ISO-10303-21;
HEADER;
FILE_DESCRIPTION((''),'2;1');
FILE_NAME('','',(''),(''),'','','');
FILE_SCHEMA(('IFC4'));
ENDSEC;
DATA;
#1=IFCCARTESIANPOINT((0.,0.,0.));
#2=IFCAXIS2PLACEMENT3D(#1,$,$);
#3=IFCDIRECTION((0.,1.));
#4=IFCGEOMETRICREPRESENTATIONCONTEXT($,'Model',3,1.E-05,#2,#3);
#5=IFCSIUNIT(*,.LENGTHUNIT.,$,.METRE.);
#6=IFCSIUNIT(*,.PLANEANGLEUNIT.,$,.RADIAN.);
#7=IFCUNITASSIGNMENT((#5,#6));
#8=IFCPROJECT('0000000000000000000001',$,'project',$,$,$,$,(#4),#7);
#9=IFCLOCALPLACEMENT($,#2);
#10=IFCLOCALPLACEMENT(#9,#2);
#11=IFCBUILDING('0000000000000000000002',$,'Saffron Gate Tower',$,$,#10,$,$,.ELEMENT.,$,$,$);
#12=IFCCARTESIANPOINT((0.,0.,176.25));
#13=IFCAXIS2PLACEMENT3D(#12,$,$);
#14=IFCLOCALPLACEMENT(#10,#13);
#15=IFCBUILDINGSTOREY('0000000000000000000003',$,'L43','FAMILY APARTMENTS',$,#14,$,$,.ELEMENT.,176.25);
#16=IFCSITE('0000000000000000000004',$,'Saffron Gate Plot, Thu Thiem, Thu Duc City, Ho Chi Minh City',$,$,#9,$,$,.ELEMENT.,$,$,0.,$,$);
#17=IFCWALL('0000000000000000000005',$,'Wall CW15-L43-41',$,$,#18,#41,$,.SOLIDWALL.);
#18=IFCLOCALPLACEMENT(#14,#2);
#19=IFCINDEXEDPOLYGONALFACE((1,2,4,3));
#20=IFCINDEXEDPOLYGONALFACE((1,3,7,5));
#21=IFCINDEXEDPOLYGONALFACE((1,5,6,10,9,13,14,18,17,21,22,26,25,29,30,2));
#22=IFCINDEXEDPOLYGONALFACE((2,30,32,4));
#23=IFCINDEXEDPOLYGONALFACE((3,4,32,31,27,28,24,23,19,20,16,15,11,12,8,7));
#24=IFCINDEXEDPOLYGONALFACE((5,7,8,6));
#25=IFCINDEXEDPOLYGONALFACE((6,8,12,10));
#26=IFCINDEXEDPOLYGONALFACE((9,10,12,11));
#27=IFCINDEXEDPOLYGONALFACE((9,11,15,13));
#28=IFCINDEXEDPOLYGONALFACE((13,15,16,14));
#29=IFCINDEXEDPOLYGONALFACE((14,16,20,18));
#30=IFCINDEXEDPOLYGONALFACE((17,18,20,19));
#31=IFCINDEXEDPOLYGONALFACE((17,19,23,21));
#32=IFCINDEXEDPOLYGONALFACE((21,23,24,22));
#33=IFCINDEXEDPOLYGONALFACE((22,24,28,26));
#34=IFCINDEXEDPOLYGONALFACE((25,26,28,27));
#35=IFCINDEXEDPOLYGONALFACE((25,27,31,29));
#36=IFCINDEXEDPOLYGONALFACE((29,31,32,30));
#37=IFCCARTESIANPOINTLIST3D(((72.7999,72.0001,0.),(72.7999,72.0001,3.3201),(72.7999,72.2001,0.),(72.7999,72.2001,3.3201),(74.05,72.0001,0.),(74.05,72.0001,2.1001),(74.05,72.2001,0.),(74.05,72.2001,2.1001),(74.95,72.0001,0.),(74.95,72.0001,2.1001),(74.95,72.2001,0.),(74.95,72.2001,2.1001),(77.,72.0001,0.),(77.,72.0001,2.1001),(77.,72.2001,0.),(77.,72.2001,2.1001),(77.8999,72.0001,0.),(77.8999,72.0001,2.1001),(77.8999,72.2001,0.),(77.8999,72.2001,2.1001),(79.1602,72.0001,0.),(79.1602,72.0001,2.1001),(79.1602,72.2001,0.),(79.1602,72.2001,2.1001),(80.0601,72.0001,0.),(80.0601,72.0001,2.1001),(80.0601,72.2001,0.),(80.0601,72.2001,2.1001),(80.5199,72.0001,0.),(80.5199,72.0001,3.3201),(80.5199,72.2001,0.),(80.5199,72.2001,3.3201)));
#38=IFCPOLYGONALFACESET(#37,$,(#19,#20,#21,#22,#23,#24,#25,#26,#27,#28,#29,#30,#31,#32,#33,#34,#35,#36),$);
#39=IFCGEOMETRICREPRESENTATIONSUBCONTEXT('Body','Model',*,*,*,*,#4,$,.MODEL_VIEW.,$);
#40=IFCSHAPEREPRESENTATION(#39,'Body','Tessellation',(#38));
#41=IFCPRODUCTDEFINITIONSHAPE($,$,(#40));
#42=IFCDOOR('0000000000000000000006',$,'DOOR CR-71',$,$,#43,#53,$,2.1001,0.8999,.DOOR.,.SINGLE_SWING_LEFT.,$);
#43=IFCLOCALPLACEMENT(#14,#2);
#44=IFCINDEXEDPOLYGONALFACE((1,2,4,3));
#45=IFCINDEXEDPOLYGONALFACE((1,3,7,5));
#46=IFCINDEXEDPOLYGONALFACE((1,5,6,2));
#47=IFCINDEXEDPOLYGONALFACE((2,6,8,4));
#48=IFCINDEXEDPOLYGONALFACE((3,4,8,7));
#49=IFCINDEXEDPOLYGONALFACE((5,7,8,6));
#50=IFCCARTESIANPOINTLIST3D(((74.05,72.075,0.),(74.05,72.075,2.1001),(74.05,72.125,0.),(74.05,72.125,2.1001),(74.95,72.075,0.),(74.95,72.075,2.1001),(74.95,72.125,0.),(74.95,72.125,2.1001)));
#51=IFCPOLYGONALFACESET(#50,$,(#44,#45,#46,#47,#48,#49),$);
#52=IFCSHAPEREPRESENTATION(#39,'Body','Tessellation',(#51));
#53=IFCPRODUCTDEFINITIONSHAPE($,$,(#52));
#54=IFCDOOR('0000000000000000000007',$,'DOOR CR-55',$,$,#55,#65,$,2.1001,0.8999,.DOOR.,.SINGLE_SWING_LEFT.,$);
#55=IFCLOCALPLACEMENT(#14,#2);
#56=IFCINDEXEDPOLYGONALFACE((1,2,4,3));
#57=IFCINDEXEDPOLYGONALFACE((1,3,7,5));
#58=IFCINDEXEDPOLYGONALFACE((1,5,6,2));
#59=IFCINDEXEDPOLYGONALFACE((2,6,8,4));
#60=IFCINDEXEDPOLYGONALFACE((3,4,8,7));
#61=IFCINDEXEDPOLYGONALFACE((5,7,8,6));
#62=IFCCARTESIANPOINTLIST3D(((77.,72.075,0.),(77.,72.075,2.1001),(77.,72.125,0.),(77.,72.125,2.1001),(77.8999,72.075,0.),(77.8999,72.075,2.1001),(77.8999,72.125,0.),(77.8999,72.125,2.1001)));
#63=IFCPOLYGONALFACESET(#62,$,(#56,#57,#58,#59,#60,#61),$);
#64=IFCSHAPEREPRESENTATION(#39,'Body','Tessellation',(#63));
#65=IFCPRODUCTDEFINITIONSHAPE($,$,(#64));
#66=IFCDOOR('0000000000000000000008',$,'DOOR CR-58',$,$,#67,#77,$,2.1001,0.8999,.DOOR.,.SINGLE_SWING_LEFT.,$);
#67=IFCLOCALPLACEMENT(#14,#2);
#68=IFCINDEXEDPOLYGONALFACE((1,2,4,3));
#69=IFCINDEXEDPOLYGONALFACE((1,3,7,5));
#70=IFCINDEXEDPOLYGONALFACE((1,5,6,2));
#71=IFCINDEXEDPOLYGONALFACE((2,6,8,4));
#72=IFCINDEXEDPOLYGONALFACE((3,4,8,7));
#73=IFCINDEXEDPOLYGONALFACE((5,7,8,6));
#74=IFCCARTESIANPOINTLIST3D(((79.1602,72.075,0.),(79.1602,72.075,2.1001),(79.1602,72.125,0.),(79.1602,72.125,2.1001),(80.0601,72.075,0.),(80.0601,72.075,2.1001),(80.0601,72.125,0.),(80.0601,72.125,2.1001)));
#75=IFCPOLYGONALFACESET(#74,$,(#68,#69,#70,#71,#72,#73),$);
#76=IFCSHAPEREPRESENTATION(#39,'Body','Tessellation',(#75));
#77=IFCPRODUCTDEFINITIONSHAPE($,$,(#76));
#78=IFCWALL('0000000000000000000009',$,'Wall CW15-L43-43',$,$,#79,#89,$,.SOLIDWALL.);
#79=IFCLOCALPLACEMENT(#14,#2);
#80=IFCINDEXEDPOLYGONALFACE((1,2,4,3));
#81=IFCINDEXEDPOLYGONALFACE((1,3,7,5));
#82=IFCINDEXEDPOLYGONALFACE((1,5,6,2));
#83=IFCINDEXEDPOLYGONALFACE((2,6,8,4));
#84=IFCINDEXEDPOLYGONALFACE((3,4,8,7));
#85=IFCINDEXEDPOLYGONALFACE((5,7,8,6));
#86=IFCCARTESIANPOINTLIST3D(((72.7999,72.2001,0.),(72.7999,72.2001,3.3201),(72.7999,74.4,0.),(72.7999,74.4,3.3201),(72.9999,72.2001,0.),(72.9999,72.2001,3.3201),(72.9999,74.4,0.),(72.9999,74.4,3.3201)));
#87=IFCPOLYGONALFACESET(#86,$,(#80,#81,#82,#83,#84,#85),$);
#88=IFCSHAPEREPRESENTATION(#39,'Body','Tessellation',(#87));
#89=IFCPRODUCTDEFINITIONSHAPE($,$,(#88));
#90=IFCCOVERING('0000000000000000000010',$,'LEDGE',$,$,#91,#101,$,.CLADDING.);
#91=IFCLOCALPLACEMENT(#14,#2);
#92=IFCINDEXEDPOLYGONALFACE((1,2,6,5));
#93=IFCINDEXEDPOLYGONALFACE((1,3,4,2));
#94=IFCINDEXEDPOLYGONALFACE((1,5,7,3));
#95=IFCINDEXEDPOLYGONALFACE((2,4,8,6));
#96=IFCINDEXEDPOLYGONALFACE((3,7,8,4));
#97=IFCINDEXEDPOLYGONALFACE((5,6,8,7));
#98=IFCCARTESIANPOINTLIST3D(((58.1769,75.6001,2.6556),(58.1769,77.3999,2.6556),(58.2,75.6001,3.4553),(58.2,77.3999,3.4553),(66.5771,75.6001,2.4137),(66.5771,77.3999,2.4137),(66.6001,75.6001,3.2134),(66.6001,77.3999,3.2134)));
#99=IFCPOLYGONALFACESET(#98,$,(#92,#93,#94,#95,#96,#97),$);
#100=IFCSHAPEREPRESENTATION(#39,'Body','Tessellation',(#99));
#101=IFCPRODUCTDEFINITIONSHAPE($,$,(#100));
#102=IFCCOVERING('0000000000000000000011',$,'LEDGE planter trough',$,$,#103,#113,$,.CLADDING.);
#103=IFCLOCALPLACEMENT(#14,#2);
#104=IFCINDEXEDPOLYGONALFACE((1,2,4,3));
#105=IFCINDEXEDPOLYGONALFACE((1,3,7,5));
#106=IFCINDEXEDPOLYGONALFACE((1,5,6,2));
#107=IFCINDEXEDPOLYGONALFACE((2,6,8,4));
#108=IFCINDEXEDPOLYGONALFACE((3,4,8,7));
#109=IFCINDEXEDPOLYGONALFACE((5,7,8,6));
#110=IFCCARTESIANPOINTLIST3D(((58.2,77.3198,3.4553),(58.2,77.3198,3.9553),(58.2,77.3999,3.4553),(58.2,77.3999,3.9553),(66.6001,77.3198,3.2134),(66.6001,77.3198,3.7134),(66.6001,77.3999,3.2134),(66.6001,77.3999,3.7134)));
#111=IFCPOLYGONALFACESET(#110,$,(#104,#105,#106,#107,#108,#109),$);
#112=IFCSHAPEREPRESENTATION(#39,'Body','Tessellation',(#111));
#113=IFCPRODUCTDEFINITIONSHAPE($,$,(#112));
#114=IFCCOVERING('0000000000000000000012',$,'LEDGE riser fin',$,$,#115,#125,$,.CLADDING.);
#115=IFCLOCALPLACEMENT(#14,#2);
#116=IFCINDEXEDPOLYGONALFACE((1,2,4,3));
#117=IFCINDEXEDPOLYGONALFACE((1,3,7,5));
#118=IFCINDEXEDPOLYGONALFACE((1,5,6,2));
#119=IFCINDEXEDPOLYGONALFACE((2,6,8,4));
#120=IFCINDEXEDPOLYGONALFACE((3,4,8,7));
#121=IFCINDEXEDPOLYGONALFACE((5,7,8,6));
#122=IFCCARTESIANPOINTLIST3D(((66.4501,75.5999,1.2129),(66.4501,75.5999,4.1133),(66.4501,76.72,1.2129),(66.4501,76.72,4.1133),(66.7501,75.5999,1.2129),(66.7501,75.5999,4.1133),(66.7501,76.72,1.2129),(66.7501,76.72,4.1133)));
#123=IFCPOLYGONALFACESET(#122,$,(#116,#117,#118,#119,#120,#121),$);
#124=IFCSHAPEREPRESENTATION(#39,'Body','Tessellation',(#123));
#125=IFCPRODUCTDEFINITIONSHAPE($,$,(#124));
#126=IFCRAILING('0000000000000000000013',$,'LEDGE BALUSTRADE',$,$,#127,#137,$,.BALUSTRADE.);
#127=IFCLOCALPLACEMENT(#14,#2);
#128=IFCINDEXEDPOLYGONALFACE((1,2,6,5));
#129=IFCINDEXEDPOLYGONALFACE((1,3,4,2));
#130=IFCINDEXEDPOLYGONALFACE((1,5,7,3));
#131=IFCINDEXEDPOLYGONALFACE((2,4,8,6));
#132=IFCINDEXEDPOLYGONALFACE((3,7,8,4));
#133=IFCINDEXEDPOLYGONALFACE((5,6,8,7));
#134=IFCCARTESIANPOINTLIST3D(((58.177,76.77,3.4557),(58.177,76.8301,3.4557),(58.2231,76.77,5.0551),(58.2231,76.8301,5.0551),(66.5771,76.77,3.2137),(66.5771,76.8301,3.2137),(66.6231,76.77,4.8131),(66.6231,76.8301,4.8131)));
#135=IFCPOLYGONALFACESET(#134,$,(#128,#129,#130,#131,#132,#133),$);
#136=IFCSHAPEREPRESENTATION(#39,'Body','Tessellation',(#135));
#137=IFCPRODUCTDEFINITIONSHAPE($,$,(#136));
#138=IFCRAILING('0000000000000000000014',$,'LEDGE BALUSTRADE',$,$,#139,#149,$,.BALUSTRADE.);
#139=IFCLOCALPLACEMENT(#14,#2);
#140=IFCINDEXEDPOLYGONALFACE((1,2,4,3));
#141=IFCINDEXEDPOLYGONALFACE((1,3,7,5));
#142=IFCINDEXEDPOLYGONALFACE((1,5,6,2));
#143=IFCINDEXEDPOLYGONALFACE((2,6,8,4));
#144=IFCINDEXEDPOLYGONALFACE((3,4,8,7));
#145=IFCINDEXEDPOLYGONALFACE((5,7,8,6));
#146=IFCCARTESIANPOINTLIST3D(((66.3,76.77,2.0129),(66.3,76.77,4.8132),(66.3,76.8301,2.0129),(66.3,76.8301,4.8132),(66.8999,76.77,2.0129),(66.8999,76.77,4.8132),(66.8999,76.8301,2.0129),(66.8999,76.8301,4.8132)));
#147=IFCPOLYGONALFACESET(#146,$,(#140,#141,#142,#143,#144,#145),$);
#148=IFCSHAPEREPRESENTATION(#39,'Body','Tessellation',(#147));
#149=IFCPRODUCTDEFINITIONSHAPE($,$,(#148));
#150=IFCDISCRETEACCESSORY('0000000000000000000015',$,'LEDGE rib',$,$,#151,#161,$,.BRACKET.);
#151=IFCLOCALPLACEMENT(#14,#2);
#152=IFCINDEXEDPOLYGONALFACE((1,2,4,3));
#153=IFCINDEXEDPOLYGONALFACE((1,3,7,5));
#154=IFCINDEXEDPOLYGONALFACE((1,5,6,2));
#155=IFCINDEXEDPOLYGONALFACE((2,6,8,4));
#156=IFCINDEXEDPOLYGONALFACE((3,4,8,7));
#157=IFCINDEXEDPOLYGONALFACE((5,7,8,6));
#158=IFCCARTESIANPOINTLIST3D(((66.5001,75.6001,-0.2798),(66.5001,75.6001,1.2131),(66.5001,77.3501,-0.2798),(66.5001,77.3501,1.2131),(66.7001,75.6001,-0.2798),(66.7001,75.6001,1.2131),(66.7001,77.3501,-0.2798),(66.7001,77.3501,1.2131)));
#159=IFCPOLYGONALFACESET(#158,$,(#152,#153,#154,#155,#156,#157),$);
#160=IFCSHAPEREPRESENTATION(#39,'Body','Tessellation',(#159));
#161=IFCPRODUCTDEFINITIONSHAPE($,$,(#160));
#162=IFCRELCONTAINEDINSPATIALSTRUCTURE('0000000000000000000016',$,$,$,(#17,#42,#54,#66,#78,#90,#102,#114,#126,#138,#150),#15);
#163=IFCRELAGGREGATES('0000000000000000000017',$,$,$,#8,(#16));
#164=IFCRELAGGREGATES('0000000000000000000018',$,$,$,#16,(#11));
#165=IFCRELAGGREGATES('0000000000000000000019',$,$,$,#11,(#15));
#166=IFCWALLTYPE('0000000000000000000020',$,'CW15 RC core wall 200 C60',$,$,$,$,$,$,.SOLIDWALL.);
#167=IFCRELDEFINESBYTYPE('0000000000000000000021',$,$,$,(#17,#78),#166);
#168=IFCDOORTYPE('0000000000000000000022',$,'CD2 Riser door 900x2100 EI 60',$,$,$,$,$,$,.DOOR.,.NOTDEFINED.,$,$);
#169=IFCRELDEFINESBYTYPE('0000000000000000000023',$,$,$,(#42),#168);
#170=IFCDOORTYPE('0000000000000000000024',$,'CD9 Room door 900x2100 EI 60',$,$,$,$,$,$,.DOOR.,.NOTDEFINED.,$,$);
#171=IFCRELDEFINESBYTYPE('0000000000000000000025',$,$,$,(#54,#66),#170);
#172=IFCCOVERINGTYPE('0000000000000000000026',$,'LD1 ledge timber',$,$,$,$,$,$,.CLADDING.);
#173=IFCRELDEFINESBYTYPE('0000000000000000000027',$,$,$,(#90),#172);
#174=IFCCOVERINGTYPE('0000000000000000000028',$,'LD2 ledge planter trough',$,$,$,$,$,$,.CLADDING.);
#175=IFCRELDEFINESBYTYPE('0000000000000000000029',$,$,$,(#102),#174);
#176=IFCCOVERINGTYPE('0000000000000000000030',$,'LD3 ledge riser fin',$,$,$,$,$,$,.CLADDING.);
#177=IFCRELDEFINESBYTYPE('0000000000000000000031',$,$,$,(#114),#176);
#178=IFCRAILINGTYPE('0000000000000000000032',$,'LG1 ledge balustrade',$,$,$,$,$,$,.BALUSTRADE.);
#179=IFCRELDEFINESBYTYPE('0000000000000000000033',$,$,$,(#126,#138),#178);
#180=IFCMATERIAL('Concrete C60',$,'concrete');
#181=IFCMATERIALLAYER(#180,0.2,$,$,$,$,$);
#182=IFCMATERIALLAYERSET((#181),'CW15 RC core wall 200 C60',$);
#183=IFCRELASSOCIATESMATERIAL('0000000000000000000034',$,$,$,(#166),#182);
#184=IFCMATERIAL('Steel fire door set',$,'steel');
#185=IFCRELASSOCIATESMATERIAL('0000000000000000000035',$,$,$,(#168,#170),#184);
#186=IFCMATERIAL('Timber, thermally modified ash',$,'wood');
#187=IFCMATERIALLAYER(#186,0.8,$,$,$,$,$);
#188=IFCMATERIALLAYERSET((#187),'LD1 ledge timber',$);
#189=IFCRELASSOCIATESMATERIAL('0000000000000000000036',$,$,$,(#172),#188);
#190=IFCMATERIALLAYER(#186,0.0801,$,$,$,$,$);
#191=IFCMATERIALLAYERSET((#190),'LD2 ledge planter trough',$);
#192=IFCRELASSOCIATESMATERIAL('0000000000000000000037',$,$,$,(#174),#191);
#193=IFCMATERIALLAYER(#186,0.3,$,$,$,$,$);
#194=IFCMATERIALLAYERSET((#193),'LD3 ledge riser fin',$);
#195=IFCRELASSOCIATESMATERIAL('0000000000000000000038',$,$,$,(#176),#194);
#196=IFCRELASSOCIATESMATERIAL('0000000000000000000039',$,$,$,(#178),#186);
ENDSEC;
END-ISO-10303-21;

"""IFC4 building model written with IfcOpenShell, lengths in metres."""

from ifc_helpers import new_model, si_unit, direction, frame, frame_2d, origin, origin_2d, place, context, subcontext, project, spatial, polyline, rectangle, outline, extrude, material, layer, layer_set, type_object, element, fill, save


model = new_model("IFC4")

# Units and contexts
model_context = context("Model", 3, precision=1e-05, world=origin(), true_north=direction((0.0, 1.0)))
body_context = subcontext(model_context, "Body", "Model", "MODEL_VIEW")
ifc_project = project(units=[si_unit("LENGTHUNIT", "METRE"), si_unit("PLANEANGLEUNIT", "RADIAN")], contexts=[model_context])

# Site, building, storey
site_placement = place(None, origin())
site = spatial("IfcSite", under=ifc_project, at=site_placement, Name="Saffron Gate Plot, Thu Thiem, Thu Duc City, Ho Chi Minh City", CompositionType="ELEMENT", RefElevation=0.0)
building_placement = place(site_placement, origin())
building = spatial("IfcBuilding", under=site, at=building_placement, Name="Saffron Gate Tower", CompositionType="ELEMENT")
storey_placement = place(building_placement, frame((0.0, 0.0, 176.25)))
storey = spatial("IfcBuildingStorey", under=building, at=storey_placement, Name="L43", Description="FAMILY APARTMENTS", CompositionType="ELEMENT", Elevation=176.25)

# Shared definitions
ifc_material_1 = material(Name="Concrete C60", Category="concrete")

# Shared definitions
ifc_layer_1 = layer(ifc_material_1, 0.2)
ifc_layer_set_1 = layer_set([ifc_layer_1], Name="CW15 RC core wall 200 C60")
wall_type_1 = type_object("IfcWallType", Name="CW15 RC core wall 200 C60", PredefinedType="SOLIDWALL", material=ifc_layer_set_1)
ifc_material_2 = material(Name="Steel fire door set", Category="steel")

# Wall, openings, doors
wall_1_placement = place(storey_placement, frame((72.8, 72.1001, 0.0), z_axis=(0.0, 0.0, 1.0), x_axis=(1.0, 0.0, 0.0)))
wall_1 = element("IfcWall", 1, at=wall_1_placement, inside=storey, type_object=wall_type_1, Name="Wall CW15-L43-41", PredefinedType="SOLIDWALL", context=body_context, shape_type="SweptSolid", body=[
    extrude(rectangle(XDim=7.72, YDim=0.2, at=frame_2d((3.8599, 0.0))), origin(), (0.0, 0.0, 1.0), 3.3201),
])
opening_1_placement = place(wall_1_placement, frame((1.25, 0.0, 0.0)))
opening_1 = element("IfcOpeningElement", 2, at=opening_1_placement, cuts=wall_1, PredefinedType="OPENING", context=body_context, shape_type="SweptSolid", body=[
    extrude(rectangle(XDim=0.8999, YDim=2.1001, at=frame_2d((0.45, 1.05))), frame((0.0, 0.1099, 0.0), z_axis=(0.0, -1.0, 0.0), x_axis=(1.0, 0.0, 0.0)), (0.0, 0.0, 1.0), 0.22),
])
opening_2_placement = place(wall_1_placement, frame((4.2, 0.0, 0.0)))
opening_2 = element("IfcOpeningElement", 3, at=opening_2_placement, cuts=wall_1, PredefinedType="OPENING", context=body_context, shape_type="SweptSolid", body=[
    extrude(rectangle(XDim=0.8999, YDim=2.1001, at=frame_2d((0.45, 1.05))), frame((0.0, 0.1099, 0.0), z_axis=(0.0, -1.0, 0.0), x_axis=(1.0, 0.0, 0.0)), (0.0, 0.0, 1.0), 0.22),
])
opening_3_placement = place(wall_1_placement, frame((6.3601, 0.0, 0.0)))
opening_3 = element("IfcOpeningElement", 4, at=opening_3_placement, cuts=wall_1, PredefinedType="OPENING", context=body_context, shape_type="SweptSolid", body=[
    extrude(rectangle(XDim=0.8999, YDim=2.1001, at=frame_2d((0.45, 1.05))), frame((0.0, 0.1099, 0.0), z_axis=(0.0, -1.0, 0.0), x_axis=(1.0, 0.0, 0.0)), (0.0, 0.0, 1.0), 0.22),
])
door_type_1 = type_object("IfcDoorType", Name="CD2 Riser door 900x2100 EI 60", OperationType="NOTDEFINED", PredefinedType="DOOR", material=ifc_material_2)
door_1_placement = place(opening_1_placement, origin())
door_1 = element("IfcDoor", 5, at=door_1_placement, inside=storey, type_object=door_type_1, Name="DOOR CR-71", OperationType="SINGLE_SWING_LEFT", OverallHeight=2.1001, OverallWidth=0.8999, PredefinedType="DOOR", context=body_context, shape_type="SweptSolid", body=[
    extrude(rectangle(XDim=0.8999, YDim=2.1001, at=frame_2d((0.45, 1.05))), frame((0.0, 0.0249, 0.0), z_axis=(0.0, -1.0, 0.0), x_axis=(1.0, 0.0, 0.0)), (0.0, 0.0, 1.0), 0.05),
])
fill(opening_1, door_1)
door_type_2 = type_object("IfcDoorType", Name="CD9 Room door 900x2100 EI 60", OperationType="NOTDEFINED", PredefinedType="DOOR", material=ifc_material_2)
door_2_placement = place(opening_2_placement, origin())
door_2 = element("IfcDoor", 6, at=door_2_placement, inside=storey, type_object=door_type_2, Name="DOOR CR-55", OperationType="SINGLE_SWING_LEFT", OverallHeight=2.1001, OverallWidth=0.8999, PredefinedType="DOOR", context=body_context, shape_type="SweptSolid", body=[
    extrude(rectangle(XDim=0.8999, YDim=2.1001, at=frame_2d((0.45, 1.05))), frame((0.0, 0.0249, 0.0), z_axis=(0.0, -1.0, 0.0), x_axis=(1.0, 0.0, 0.0)), (0.0, 0.0, 1.0), 0.05),
])
fill(opening_2, door_2)
door_3_placement = place(opening_3_placement, origin())
door_3 = element("IfcDoor", 7, at=door_3_placement, inside=storey, type_object=door_type_2, Name="DOOR CR-58", OperationType="SINGLE_SWING_LEFT", OverallHeight=2.1001, OverallWidth=0.8999, PredefinedType="DOOR", context=body_context, shape_type="SweptSolid", body=[
    extrude(rectangle(XDim=0.8999, YDim=2.1001, at=frame_2d((0.45, 1.05))), frame((0.0, 0.0249, 0.0), z_axis=(0.0, -1.0, 0.0), x_axis=(1.0, 0.0, 0.0)), (0.0, 0.0, 1.0), 0.05),
])
fill(opening_3, door_3)

# Wall
wall_2_placement = place(storey_placement, frame((72.8999, 72.2, 0.0), z_axis=(0.0, 0.0, 1.0), x_axis=(0.0, 1.0, 0.0)))
element("IfcWall", 8, at=wall_2_placement, inside=storey, type_object=wall_type_1, Name="Wall CW15-L43-43", PredefinedType="SOLIDWALL", context=body_context, shape_type="SweptSolid", body=[
    extrude(rectangle(XDim=2.2, YDim=0.2, at=frame_2d((1.1001, 0.0))), origin(), (0.0, 0.0, 1.0), 3.3201),
])

# Coverings
ifc_material_3 = material(Name="Timber, thermally modified ash", Category="wood")
ifc_layer_2 = layer(ifc_material_3, 0.8)
ifc_layer_set_2 = layer_set([ifc_layer_2], Name="LD1 ledge timber")
covering_type_1 = type_object("IfcCoveringType", Name="LD1 ledge timber", PredefinedType="CLADDING", material=ifc_layer_set_2)
covering_1_placement = place(storey_placement, frame((66.6001, 75.6001, 3.2134), z_axis=(0.02879, 0.0, 0.999585), x_axis=(-0.999585, 0.0, 0.02879)))
element("IfcCovering", 9, at=covering_1_placement, inside=storey, type_object=covering_type_1, Name="LEDGE", PredefinedType="CLADDING", context=body_context, shape_type="SweptSolid", body=[
    extrude(outline(polyline([(0.0, 0.0), (8.4036, 0.0), (8.4036, -1.7998), (0.0, -1.7998), (0.0, 0.0)])), origin(), (0.0, 0.0, -1.0), 0.8),
])
ifc_layer_3 = layer(ifc_material_3, 0.0801)
ifc_layer_set_3 = layer_set([ifc_layer_3], Name="LD2 ledge planter trough")
covering_type_2 = type_object("IfcCoveringType", Name="LD2 ledge planter trough", PredefinedType="CLADDING", material=ifc_layer_set_3)
covering_2_placement = place(storey_placement, frame((66.6001, 77.3999, 3.2134), z_axis=(0.0, 1.0, 0.0), x_axis=(-0.999585, 0.0, 0.02879)))
element("IfcCovering", 10, at=covering_2_placement, inside=storey, type_object=covering_type_2, Name="LEDGE planter trough", PredefinedType="CLADDING", context=body_context, shape_type="SweptSolid", body=[
    extrude(outline(polyline([(0.0, 0.0), (8.4036, 0.0), (8.418, 0.4998), (0.0144, 0.4998), (0.0, 0.0)])), origin(), (0.0, 0.0, -1.0), 0.0801),
])
ifc_layer_4 = layer(ifc_material_3, 0.3)
ifc_layer_set_4 = layer_set([ifc_layer_4], Name="LD3 ledge riser fin")
covering_type_3 = type_object("IfcCoveringType", Name="LD3 ledge riser fin", PredefinedType="CLADDING", material=ifc_layer_set_4)
covering_3_placement = place(storey_placement, frame((66.6001, 76.1599, 1.2129), z_axis=(0.0, 0.0, 1.0), x_axis=(-1.0, 0.0, 0.0)))
element("IfcCovering", 11, at=covering_3_placement, inside=storey, type_object=covering_type_3, Name="LEDGE riser fin", PredefinedType="CLADDING", context=body_context, shape_type="SweptSolid", body=[
    extrude(rectangle(XDim=0.3, YDim=1.1201, at=origin_2d()), origin(), (0.0, 0.0, 1.0), 2.9004),
])

# Railings
railing_type = type_object("IfcRailingType", Name="LG1 ledge balustrade", PredefinedType="BALUSTRADE", material=ifc_material_3)
railing_1_placement = place(storey_placement, frame((66.6001, 76.8, 3.2134)))
element("IfcRailing", 12, at=railing_1_placement, inside=storey, type_object=railing_type, Name="LEDGE BALUSTRADE", PredefinedType="BALUSTRADE", context=body_context, shape_type="SweptSolid", body=[
    extrude(rectangle(XDim=0.0601, YDim=1.6001, at=origin_2d()), frame((0.0, 0.0, 0.8), z_axis=(-0.999585, 0.0, 0.02879), x_axis=(0.0, -1.0, 0.0)), (0.0, 0.0, 1.0), 8.4036),
])
railing_2_placement = place(storey_placement, frame((66.8999, 76.8, 2.0129)))
element("IfcRailing", 13, at=railing_2_placement, inside=storey, type_object=railing_type, Name="LEDGE BALUSTRADE", PredefinedType="BALUSTRADE", context=body_context, shape_type="SweptSolid", body=[
    extrude(rectangle(XDim=0.0601, YDim=2.8003, at=origin_2d()), frame((0.0, 0.0, 1.4001), z_axis=(-1.0, 0.0, 0.0), x_axis=(0.0, -1.0, 0.0)), (0.0, 0.0, 1.0), 0.5999),
])

# Discrete accessory
discrete_accessory_placement = place(storey_placement, frame((66.6001, 76.4751, -0.2798), z_axis=(0.0, 0.0, 1.0), x_axis=(-1.0, 0.0, 0.0)))
element("IfcDiscreteAccessory", 14, at=discrete_accessory_placement, inside=storey, Name="LEDGE rib", PredefinedType="BRACKET", context=body_context, shape_type="SweptSolid", body=[
    extrude(rectangle(XDim=0.2, YDim=1.75, at=origin_2d()), origin(), (0.0, 0.0, 1.0), 1.4929),
])

save(model, "model.ifc")
